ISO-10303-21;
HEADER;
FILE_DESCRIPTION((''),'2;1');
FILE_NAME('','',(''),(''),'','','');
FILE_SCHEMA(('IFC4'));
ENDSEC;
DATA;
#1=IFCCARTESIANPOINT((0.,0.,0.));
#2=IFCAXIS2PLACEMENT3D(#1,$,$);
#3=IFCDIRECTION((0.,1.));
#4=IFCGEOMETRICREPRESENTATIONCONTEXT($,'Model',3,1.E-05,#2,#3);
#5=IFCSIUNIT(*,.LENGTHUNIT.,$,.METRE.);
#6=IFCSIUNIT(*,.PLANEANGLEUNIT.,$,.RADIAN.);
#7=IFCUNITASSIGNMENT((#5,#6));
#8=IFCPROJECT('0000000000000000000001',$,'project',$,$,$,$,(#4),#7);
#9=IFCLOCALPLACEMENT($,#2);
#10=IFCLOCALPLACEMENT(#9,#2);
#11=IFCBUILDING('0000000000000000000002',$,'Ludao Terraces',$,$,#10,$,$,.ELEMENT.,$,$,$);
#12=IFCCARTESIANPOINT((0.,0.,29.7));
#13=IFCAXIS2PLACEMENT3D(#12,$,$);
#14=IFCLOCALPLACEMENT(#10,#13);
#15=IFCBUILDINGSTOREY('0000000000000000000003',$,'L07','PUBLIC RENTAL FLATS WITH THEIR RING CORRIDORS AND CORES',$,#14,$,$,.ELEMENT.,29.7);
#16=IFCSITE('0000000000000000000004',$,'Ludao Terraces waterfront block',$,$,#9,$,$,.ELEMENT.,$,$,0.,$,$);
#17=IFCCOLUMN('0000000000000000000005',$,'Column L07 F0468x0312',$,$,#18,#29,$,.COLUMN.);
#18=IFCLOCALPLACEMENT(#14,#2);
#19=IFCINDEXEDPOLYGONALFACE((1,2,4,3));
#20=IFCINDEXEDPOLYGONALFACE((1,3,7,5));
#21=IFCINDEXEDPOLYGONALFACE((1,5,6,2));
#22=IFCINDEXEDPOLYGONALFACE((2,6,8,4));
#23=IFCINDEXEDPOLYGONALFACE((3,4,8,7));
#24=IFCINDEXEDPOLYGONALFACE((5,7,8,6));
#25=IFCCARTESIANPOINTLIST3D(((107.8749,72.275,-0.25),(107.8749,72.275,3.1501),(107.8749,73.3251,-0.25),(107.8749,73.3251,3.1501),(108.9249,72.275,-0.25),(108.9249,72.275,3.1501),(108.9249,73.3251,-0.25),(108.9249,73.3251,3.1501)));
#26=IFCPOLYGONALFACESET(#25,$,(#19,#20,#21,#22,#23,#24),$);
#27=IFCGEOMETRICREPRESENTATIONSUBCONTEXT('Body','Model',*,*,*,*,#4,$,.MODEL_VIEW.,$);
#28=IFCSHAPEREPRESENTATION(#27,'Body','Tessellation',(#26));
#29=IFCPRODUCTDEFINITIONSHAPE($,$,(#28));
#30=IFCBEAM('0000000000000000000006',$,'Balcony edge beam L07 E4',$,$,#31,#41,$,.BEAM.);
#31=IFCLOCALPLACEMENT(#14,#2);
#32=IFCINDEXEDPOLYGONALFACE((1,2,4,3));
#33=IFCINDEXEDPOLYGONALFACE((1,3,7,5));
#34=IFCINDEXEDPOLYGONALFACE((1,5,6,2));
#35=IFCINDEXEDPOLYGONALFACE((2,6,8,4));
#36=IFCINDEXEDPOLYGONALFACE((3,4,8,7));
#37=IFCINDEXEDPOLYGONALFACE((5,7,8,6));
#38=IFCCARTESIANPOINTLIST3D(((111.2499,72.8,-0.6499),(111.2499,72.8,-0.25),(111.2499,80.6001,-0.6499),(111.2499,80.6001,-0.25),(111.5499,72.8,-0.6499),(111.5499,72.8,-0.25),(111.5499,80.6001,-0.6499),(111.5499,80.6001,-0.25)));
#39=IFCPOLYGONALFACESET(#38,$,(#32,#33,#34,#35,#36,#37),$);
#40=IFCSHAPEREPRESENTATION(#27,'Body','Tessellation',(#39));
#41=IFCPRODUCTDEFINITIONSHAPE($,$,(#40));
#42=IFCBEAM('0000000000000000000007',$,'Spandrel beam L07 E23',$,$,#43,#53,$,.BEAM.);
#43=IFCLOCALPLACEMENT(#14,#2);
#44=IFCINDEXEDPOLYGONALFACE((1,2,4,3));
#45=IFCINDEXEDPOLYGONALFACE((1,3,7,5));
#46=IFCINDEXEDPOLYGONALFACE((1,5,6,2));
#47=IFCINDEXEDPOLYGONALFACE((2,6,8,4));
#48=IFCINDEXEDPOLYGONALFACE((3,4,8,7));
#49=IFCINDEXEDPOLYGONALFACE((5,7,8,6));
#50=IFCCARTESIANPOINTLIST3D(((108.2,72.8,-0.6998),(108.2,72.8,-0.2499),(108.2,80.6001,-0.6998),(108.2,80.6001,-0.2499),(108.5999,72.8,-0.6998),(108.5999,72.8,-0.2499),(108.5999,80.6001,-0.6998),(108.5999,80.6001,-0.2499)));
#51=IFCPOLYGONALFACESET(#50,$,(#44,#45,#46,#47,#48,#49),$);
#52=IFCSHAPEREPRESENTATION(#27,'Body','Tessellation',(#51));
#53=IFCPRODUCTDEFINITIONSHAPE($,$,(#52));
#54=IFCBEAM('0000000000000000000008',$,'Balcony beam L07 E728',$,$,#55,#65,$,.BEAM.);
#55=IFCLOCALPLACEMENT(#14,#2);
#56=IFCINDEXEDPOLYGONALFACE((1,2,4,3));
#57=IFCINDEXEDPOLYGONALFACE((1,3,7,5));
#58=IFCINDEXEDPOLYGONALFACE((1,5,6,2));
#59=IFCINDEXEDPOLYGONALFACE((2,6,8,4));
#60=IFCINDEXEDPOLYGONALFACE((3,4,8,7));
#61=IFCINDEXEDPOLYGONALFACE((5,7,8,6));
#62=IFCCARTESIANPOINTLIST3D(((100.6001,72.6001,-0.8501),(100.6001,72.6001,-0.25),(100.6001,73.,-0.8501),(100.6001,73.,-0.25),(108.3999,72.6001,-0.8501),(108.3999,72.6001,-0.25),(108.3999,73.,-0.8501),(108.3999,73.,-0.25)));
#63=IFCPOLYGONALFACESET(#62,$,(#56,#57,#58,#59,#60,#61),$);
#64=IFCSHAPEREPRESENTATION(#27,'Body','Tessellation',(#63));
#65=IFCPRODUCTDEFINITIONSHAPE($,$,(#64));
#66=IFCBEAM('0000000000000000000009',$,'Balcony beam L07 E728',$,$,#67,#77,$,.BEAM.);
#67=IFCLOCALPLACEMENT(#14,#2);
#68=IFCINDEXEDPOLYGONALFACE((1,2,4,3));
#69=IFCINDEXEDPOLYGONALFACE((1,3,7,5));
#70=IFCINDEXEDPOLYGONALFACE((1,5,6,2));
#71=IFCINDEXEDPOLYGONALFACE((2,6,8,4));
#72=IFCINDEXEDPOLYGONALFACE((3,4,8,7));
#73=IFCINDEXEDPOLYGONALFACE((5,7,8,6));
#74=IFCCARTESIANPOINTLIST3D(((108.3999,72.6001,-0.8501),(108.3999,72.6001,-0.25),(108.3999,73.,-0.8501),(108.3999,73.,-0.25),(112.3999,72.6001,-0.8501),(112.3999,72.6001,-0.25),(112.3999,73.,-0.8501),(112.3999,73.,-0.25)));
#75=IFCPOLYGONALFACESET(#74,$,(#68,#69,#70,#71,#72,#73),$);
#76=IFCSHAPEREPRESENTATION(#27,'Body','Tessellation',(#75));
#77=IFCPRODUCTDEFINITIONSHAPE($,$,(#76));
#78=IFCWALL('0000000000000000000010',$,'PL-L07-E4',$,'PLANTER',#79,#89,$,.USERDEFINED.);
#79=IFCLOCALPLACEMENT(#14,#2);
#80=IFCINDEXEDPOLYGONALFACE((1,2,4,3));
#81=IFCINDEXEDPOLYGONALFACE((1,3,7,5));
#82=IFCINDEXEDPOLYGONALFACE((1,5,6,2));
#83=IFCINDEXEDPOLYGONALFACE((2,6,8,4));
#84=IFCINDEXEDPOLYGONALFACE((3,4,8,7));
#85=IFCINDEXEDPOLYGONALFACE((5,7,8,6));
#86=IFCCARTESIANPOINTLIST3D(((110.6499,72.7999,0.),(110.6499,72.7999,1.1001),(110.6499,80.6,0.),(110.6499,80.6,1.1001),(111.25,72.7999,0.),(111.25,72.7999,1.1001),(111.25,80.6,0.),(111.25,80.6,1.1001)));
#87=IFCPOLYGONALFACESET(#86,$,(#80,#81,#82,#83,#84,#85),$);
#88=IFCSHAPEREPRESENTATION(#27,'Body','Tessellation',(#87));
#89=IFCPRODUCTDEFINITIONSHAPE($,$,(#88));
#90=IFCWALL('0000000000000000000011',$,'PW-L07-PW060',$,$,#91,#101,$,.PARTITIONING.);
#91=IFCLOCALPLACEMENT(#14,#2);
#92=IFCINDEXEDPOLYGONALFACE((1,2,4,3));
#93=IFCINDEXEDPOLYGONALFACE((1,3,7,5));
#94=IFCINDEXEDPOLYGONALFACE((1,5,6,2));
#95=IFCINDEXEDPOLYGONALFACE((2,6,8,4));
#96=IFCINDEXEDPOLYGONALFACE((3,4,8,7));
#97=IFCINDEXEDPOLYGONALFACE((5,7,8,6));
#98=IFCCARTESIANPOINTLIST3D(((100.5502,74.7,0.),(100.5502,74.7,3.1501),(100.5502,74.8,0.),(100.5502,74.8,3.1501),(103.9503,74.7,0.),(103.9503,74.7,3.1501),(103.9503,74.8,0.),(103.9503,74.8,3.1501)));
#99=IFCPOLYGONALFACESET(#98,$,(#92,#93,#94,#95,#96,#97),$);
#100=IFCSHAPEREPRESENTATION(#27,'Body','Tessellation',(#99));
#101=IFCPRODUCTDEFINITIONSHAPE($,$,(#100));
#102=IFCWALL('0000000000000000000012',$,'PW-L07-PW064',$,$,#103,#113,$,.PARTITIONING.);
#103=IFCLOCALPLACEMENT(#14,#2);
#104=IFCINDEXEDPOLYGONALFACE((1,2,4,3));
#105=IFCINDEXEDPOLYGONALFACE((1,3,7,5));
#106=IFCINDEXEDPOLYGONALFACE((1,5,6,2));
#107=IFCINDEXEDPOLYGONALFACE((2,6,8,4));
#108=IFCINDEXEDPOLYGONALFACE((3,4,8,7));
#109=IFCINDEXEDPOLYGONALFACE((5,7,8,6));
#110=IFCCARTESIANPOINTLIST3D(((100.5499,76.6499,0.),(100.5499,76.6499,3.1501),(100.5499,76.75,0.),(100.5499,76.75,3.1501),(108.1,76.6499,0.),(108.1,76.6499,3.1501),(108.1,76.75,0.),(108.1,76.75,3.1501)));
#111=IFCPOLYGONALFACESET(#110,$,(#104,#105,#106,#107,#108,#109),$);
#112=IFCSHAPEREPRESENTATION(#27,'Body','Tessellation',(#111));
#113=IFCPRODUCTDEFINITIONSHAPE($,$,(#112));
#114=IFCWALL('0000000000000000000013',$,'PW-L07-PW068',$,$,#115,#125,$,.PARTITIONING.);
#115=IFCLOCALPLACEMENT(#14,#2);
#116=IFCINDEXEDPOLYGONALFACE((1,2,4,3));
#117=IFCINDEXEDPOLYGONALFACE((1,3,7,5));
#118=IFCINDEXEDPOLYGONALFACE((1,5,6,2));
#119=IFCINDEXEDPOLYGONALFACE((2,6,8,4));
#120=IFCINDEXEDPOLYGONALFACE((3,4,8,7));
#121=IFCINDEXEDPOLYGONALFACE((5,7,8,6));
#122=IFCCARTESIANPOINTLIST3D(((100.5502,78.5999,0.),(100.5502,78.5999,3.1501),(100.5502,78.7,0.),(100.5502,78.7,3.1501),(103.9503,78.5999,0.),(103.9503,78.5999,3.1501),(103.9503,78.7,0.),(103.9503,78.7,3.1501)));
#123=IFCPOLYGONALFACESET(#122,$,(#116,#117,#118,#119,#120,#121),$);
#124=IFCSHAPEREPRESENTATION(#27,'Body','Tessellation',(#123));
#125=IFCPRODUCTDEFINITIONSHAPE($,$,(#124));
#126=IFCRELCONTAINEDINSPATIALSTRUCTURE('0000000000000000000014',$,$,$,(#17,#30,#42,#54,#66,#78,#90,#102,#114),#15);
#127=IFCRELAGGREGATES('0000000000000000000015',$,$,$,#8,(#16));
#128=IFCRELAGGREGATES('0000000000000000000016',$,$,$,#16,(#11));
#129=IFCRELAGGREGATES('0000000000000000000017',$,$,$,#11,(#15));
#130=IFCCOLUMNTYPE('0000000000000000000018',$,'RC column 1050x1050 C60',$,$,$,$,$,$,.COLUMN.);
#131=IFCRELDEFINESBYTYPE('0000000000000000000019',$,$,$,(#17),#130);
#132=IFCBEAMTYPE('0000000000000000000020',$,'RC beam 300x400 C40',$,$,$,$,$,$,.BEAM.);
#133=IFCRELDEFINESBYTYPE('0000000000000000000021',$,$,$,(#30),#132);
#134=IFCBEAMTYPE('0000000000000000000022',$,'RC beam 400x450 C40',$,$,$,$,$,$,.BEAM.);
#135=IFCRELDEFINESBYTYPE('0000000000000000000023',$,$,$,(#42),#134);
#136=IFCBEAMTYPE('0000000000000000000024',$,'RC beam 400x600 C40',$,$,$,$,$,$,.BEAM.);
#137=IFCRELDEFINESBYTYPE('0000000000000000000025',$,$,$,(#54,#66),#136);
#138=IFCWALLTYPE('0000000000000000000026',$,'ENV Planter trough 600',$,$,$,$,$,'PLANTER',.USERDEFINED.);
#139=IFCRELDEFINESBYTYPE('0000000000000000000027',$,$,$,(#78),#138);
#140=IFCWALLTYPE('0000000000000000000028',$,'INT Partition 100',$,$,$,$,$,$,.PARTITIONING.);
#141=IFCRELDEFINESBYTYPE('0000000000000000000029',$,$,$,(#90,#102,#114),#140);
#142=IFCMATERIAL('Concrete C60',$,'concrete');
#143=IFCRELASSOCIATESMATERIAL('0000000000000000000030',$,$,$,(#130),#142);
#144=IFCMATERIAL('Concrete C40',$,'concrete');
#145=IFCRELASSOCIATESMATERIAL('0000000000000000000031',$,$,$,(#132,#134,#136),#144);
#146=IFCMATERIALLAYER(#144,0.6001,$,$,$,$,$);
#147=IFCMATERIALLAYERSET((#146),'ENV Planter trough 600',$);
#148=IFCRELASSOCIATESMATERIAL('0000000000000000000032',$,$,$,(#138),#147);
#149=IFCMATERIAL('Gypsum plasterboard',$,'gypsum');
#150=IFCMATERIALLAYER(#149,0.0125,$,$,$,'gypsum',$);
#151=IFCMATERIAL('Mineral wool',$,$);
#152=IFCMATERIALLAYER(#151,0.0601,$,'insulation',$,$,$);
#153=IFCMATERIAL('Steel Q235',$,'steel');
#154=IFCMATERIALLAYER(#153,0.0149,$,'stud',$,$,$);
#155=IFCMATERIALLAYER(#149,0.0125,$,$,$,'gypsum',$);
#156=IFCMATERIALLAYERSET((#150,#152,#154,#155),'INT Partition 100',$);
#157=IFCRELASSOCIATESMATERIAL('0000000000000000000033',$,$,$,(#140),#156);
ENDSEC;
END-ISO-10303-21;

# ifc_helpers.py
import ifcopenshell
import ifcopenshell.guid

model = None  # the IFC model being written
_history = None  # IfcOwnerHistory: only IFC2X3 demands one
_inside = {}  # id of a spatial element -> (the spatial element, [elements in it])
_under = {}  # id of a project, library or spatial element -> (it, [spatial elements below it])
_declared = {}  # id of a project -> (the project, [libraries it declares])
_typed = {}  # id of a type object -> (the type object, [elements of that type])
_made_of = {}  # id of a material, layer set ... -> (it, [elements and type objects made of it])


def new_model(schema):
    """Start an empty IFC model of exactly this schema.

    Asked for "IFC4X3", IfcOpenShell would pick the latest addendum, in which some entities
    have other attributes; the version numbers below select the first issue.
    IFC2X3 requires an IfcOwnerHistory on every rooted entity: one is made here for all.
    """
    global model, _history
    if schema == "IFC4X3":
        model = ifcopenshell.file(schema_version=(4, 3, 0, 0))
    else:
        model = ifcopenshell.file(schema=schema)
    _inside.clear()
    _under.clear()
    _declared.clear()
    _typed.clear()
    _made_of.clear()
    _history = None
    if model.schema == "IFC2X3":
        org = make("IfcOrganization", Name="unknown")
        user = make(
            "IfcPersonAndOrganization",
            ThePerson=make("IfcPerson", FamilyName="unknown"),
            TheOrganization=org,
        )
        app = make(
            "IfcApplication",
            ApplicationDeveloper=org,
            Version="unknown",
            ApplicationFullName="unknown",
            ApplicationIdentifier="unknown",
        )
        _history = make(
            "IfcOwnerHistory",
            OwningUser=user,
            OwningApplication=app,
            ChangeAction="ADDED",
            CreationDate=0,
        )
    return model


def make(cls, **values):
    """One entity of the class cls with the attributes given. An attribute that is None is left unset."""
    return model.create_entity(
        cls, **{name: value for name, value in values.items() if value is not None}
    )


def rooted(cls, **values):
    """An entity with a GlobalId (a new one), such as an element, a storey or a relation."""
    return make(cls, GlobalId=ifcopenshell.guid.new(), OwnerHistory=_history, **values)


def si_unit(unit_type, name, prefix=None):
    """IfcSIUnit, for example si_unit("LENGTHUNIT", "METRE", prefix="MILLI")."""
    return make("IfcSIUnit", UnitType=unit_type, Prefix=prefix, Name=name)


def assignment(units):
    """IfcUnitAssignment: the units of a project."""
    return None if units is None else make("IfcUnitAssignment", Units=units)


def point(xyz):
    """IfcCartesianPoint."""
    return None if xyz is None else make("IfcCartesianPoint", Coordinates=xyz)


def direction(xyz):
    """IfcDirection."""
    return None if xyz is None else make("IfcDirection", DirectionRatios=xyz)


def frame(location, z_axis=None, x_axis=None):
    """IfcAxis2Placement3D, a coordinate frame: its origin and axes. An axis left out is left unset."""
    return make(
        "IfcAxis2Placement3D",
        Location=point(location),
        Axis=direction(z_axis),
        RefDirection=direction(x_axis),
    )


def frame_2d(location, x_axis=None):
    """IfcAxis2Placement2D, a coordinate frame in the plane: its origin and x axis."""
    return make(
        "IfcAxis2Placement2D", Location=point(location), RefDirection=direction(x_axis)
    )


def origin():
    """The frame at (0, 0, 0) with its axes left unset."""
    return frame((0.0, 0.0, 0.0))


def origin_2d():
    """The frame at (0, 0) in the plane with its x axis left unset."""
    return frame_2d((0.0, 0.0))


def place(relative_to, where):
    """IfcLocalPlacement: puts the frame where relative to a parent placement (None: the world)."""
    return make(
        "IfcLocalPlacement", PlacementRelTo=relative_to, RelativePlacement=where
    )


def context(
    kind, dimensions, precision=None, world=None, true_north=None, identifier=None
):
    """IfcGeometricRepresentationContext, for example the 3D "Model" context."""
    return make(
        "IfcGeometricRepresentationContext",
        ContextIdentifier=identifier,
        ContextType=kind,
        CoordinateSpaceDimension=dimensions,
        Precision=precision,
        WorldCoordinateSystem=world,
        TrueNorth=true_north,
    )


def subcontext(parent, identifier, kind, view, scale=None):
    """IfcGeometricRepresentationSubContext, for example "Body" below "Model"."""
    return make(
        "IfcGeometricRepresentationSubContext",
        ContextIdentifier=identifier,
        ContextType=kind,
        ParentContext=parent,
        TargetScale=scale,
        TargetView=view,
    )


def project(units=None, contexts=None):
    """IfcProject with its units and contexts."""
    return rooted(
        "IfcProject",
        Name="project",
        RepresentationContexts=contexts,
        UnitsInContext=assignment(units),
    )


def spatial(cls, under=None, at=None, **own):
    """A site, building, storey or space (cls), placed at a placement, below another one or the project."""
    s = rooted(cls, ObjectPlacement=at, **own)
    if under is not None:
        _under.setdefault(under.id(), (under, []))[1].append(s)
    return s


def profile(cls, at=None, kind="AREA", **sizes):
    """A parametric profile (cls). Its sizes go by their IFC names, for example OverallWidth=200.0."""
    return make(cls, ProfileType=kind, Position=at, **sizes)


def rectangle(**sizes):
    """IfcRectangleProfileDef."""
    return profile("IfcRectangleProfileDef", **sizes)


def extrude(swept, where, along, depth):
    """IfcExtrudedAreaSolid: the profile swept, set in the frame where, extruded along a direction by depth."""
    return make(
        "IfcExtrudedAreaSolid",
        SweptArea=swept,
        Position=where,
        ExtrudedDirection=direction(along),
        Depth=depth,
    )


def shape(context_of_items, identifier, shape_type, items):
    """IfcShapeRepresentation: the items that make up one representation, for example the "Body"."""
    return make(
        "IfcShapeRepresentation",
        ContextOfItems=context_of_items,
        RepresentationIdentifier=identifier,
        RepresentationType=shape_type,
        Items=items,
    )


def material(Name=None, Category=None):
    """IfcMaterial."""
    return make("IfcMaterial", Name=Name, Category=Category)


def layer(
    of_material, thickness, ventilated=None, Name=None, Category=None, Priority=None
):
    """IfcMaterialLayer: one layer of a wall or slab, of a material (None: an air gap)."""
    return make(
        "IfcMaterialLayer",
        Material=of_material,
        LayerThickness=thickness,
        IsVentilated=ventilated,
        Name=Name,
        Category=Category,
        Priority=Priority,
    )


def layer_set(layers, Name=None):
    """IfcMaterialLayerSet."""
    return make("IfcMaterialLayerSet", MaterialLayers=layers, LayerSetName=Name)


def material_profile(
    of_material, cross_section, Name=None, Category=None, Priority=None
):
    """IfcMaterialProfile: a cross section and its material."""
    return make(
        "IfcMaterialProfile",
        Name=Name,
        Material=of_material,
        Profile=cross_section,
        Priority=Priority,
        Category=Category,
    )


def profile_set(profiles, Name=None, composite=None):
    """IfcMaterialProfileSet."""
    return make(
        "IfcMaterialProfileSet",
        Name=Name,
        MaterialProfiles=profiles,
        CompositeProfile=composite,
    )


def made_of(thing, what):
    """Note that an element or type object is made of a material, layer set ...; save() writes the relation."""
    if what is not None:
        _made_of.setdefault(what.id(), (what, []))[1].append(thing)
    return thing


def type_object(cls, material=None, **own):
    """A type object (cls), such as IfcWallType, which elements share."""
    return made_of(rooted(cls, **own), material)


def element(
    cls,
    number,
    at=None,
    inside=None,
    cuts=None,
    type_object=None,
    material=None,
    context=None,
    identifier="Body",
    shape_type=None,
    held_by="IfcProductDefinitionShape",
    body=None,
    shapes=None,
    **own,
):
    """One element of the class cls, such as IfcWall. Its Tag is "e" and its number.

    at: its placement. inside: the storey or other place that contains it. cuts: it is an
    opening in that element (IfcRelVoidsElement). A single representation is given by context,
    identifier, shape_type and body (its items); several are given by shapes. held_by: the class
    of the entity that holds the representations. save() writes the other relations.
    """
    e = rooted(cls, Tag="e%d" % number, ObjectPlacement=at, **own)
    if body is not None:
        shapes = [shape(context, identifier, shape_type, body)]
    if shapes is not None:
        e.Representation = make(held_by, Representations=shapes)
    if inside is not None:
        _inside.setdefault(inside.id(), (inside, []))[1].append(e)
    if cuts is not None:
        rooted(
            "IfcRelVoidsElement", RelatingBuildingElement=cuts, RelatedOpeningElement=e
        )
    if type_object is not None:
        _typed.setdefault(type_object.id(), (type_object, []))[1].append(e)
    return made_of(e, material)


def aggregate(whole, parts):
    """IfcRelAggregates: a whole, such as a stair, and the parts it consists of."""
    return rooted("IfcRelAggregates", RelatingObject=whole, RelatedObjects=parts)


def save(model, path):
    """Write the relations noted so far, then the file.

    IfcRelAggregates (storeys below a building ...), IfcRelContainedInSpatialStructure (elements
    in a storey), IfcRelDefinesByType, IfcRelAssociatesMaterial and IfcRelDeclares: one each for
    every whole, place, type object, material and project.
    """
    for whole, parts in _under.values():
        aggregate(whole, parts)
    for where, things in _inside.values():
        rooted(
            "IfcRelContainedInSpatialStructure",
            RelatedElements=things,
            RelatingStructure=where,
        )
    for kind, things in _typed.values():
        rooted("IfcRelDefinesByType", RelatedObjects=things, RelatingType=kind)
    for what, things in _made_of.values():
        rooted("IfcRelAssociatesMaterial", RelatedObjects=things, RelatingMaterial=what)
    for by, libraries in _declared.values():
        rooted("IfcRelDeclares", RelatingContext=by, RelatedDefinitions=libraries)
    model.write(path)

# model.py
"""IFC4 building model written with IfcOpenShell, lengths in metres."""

from ifc_helpers import new_model, si_unit, direction, frame, frame_2d, origin, origin_2d, place, context, subcontext, project, spatial, rectangle, extrude, material, layer, layer_set, material_profile, profile_set, type_object, element, save


model = new_model("IFC4")

# Units and contexts
model_context = context("Model", 3, precision=1e-05, world=origin(), true_north=direction((0.0, 1.0)))
body_context = subcontext(model_context, "Body", "Model", "MODEL_VIEW")
ifc_project = project(units=[si_unit("LENGTHUNIT", "METRE"), si_unit("PLANEANGLEUNIT", "RADIAN")], contexts=[model_context])

# Site, building, storey
site_placement = place(None, origin())
site = spatial("IfcSite", under=ifc_project, at=site_placement, Name="Ludao Terraces waterfront block", CompositionType="ELEMENT", RefElevation=0.0)
building_placement = place(site_placement, origin())
building = spatial("IfcBuilding", under=site, at=building_placement, Name="Ludao Terraces", CompositionType="ELEMENT")
storey_placement = place(building_placement, frame((0.0, 0.0, 29.7)))
storey = spatial("IfcBuildingStorey", under=building, at=storey_placement, Name="L07", Description="PUBLIC RENTAL FLATS WITH THEIR RING CORRIDORS AND CORES", CompositionType="ELEMENT", Elevation=29.7)

# Column
ifc_material_1 = material(Name="Concrete C60", Category="concrete")
ifc_material_profile_1 = material_profile(ifc_material_1, rectangle(XDim=1.05, YDim=1.05, at=origin_2d()), Name="1050 X 1050")
ifc_profile_set_1 = profile_set([ifc_material_profile_1], Name="Concrete C60")
column_type = type_object("IfcColumnType", Name="RC column 1050x1050 C60", PredefinedType="COLUMN", material=ifc_profile_set_1)
column_placement = place(storey_placement, frame((108.3999, 72.8, -0.25), z_axis=(0.0, 0.0, 1.0), x_axis=(1.0, 0.0, 0.0)))
element("IfcColumn", 1, at=column_placement, inside=storey, type_object=column_type, Name="Column L07 F0468x0312", PredefinedType="COLUMN", context=body_context, shape_type="SweptSolid", body=[
    extrude(rectangle(XDim=1.05, YDim=1.05, at=origin_2d()), origin(), (0.0, 0.0, 1.0), 3.4001),
])

# Beams
ifc_material_2 = material(Name="Concrete C40", Category="concrete")
ifc_material_profile_2 = material_profile(ifc_material_2, rectangle(XDim=0.3, YDim=0.3999, at=origin_2d()), Name="300 X 400")
ifc_profile_set_2 = profile_set([ifc_material_profile_2], Name="Concrete C40")
beam_type_1 = type_object("IfcBeamType", Name="RC beam 300x400 C40", PredefinedType="BEAM", material=ifc_profile_set_2)
beam_1_placement = place(storey_placement, frame((111.3999, 72.8, -0.45), z_axis=(0.0, 1.0, 0.0), x_axis=(-1.0, 0.0, 0.0)))
element("IfcBeam", 2, at=beam_1_placement, inside=storey, type_object=beam_type_1, Name="Balcony edge beam L07 E4", PredefinedType="BEAM", context=body_context, shape_type="SweptSolid", body=[
    extrude(rectangle(XDim=0.3, YDim=0.3999, at=origin_2d()), origin(), (0.0, 0.0, 1.0), 7.8),
])
ifc_material_profile_3 = material_profile(ifc_material_2, rectangle(XDim=0.3999, YDim=0.45, at=origin_2d()), Name="400 X 450")
ifc_profile_set_3 = profile_set([ifc_material_profile_3], Name="Concrete C40")
beam_type_2 = type_object("IfcBeamType", Name="RC beam 400x450 C40", PredefinedType="BEAM", material=ifc_profile_set_3)
beam_2_placement = place(storey_placement, frame((108.3999, 72.8, -0.4749), z_axis=(0.0, 1.0, 0.0), x_axis=(-1.0, 0.0, 0.0)))
element("IfcBeam", 3, at=beam_2_placement, inside=storey, type_object=beam_type_2, Name="Spandrel beam L07 E23", PredefinedType="BEAM", context=body_context, shape_type="SweptSolid", body=[
    extrude(rectangle(XDim=0.3999, YDim=0.45, at=origin_2d()), origin(), (0.0, 0.0, 1.0), 7.8),
])
ifc_material_profile_4 = material_profile(ifc_material_2, rectangle(XDim=0.3999, YDim=0.6001, at=origin_2d()), Name="400 X 600")
ifc_profile_set_4 = profile_set([ifc_material_profile_4], Name="Concrete C40")
beam_type_3 = type_object("IfcBeamType", Name="RC beam 400x600 C40", PredefinedType="BEAM", material=ifc_profile_set_4)
beam_3_placement = place(storey_placement, frame((100.6001, 72.8, -0.55), z_axis=(1.0, 0.0, 0.0), x_axis=(0.0, 1.0, 0.0)))
element("IfcBeam", 4, at=beam_3_placement, inside=storey, type_object=beam_type_3, Name="Balcony beam L07 E728", PredefinedType="BEAM", context=body_context, shape_type="SweptSolid", body=[
    extrude(rectangle(XDim=0.3999, YDim=0.6001, at=origin_2d()), origin(), (0.0, 0.0, 1.0), 7.7998),
])
beam_4_placement = place(storey_placement, frame((108.3999, 72.8, -0.55), z_axis=(1.0, 0.0, 0.0), x_axis=(0.0, 1.0, 0.0)))
element("IfcBeam", 5, at=beam_4_placement, inside=storey, type_object=beam_type_3, Name="Balcony beam L07 E728", PredefinedType="BEAM", context=body_context, shape_type="SweptSolid", body=[
    extrude(rectangle(XDim=0.3999, YDim=0.6001, at=origin_2d()), origin(), (0.0, 0.0, 1.0), 4.0),
])

# Wall
ifc_layer_1 = layer(ifc_material_2, 0.6001)
ifc_layer_set_1 = layer_set([ifc_layer_1], Name="ENV Planter trough 600")
wall_type_1 = type_object("IfcWallType", Name="ENV Planter trough 600", ElementType="PLANTER", PredefinedType="USERDEFINED", material=ifc_layer_set_1)
wall_1_placement = place(storey_placement, frame((110.95, 72.8, 0.0), z_axis=(0.0, 0.0, 1.0), x_axis=(0.0, 1.0, 0.0)))
element("IfcWall", 6, at=wall_1_placement, inside=storey, type_object=wall_type_1, Name="PL-L07-E4", ObjectType="PLANTER", PredefinedType="USERDEFINED", context=body_context, shape_type="SweptSolid", body=[
    extrude(rectangle(XDim=7.8, YDim=0.6001, at=frame_2d((3.8999, 0.0))), origin(), (0.0, 0.0, 1.0), 1.1001),
])

# Shared definitions
ifc_material_3 = material(Name="Mineral wool")

# Walls
ifc_material_4 = material(Name="Gypsum plasterboard", Category="gypsum")
ifc_layer_2 = layer(ifc_material_4, 0.0125, Category="gypsum")
ifc_layer_3 = layer(ifc_material_3, 0.0601, Name="insulation")
ifc_material_5 = material(Name="Steel Q235", Category="steel")
ifc_layer_4 = layer(ifc_material_5, 0.0149, Name="stud")
ifc_layer_5 = layer(ifc_material_4, 0.0125, Category="gypsum")
ifc_layer_set_2 = layer_set([ifc_layer_2, ifc_layer_3, ifc_layer_4, ifc_layer_5], Name="INT Partition 100")
wall_type_2 = type_object("IfcWallType", Name="INT Partition 100", PredefinedType="PARTITIONING", material=ifc_layer_set_2)
wall_2_placement = place(storey_placement, frame((100.55, 74.75, 0.0), z_axis=(0.0, 0.0, 1.0), x_axis=(1.0, 0.0, 0.0)))
element("IfcWall", 7, at=wall_2_placement, inside=storey, type_object=wall_type_2, Name="PW-L07-PW060", PredefinedType="PARTITIONING", context=body_context, shape_type="SweptSolid", body=[
    extrude(rectangle(XDim=3.4001, YDim=0.1001, at=frame_2d((1.7002, 0.0))), origin(), (0.0, 0.0, 1.0), 3.1501),
])
wall_3_placement = place(storey_placement, frame((100.55, 76.7, 0.0), z_axis=(0.0, 0.0, 1.0), x_axis=(1.0, 0.0, 0.0)))
element("IfcWall", 8, at=wall_3_placement, inside=storey, type_object=wall_type_2, Name="PW-L07-PW064", PredefinedType="PARTITIONING", context=body_context, shape_type="SweptSolid", body=[
    extrude(rectangle(XDim=7.55, YDim=0.1001, at=frame_2d((3.7749, 0.0))), origin(), (0.0, 0.0, 1.0), 3.1501),
])
wall_4_placement = place(storey_placement, frame((100.55, 78.6499, 0.0), z_axis=(0.0, 0.0, 1.0), x_axis=(1.0, 0.0, 0.0)))
element("IfcWall", 9, at=wall_4_placement, inside=storey, type_object=wall_type_2, Name="PW-L07-PW068", PredefinedType="PARTITIONING", context=body_context, shape_type="SweptSolid", body=[
    extrude(rectangle(XDim=3.4001, YDim=0.1001, at=frame_2d((1.7002, 0.0))), origin(), (0.0, 0.0, 1.0), 3.1501),
])

save(model, "model.ifc")
